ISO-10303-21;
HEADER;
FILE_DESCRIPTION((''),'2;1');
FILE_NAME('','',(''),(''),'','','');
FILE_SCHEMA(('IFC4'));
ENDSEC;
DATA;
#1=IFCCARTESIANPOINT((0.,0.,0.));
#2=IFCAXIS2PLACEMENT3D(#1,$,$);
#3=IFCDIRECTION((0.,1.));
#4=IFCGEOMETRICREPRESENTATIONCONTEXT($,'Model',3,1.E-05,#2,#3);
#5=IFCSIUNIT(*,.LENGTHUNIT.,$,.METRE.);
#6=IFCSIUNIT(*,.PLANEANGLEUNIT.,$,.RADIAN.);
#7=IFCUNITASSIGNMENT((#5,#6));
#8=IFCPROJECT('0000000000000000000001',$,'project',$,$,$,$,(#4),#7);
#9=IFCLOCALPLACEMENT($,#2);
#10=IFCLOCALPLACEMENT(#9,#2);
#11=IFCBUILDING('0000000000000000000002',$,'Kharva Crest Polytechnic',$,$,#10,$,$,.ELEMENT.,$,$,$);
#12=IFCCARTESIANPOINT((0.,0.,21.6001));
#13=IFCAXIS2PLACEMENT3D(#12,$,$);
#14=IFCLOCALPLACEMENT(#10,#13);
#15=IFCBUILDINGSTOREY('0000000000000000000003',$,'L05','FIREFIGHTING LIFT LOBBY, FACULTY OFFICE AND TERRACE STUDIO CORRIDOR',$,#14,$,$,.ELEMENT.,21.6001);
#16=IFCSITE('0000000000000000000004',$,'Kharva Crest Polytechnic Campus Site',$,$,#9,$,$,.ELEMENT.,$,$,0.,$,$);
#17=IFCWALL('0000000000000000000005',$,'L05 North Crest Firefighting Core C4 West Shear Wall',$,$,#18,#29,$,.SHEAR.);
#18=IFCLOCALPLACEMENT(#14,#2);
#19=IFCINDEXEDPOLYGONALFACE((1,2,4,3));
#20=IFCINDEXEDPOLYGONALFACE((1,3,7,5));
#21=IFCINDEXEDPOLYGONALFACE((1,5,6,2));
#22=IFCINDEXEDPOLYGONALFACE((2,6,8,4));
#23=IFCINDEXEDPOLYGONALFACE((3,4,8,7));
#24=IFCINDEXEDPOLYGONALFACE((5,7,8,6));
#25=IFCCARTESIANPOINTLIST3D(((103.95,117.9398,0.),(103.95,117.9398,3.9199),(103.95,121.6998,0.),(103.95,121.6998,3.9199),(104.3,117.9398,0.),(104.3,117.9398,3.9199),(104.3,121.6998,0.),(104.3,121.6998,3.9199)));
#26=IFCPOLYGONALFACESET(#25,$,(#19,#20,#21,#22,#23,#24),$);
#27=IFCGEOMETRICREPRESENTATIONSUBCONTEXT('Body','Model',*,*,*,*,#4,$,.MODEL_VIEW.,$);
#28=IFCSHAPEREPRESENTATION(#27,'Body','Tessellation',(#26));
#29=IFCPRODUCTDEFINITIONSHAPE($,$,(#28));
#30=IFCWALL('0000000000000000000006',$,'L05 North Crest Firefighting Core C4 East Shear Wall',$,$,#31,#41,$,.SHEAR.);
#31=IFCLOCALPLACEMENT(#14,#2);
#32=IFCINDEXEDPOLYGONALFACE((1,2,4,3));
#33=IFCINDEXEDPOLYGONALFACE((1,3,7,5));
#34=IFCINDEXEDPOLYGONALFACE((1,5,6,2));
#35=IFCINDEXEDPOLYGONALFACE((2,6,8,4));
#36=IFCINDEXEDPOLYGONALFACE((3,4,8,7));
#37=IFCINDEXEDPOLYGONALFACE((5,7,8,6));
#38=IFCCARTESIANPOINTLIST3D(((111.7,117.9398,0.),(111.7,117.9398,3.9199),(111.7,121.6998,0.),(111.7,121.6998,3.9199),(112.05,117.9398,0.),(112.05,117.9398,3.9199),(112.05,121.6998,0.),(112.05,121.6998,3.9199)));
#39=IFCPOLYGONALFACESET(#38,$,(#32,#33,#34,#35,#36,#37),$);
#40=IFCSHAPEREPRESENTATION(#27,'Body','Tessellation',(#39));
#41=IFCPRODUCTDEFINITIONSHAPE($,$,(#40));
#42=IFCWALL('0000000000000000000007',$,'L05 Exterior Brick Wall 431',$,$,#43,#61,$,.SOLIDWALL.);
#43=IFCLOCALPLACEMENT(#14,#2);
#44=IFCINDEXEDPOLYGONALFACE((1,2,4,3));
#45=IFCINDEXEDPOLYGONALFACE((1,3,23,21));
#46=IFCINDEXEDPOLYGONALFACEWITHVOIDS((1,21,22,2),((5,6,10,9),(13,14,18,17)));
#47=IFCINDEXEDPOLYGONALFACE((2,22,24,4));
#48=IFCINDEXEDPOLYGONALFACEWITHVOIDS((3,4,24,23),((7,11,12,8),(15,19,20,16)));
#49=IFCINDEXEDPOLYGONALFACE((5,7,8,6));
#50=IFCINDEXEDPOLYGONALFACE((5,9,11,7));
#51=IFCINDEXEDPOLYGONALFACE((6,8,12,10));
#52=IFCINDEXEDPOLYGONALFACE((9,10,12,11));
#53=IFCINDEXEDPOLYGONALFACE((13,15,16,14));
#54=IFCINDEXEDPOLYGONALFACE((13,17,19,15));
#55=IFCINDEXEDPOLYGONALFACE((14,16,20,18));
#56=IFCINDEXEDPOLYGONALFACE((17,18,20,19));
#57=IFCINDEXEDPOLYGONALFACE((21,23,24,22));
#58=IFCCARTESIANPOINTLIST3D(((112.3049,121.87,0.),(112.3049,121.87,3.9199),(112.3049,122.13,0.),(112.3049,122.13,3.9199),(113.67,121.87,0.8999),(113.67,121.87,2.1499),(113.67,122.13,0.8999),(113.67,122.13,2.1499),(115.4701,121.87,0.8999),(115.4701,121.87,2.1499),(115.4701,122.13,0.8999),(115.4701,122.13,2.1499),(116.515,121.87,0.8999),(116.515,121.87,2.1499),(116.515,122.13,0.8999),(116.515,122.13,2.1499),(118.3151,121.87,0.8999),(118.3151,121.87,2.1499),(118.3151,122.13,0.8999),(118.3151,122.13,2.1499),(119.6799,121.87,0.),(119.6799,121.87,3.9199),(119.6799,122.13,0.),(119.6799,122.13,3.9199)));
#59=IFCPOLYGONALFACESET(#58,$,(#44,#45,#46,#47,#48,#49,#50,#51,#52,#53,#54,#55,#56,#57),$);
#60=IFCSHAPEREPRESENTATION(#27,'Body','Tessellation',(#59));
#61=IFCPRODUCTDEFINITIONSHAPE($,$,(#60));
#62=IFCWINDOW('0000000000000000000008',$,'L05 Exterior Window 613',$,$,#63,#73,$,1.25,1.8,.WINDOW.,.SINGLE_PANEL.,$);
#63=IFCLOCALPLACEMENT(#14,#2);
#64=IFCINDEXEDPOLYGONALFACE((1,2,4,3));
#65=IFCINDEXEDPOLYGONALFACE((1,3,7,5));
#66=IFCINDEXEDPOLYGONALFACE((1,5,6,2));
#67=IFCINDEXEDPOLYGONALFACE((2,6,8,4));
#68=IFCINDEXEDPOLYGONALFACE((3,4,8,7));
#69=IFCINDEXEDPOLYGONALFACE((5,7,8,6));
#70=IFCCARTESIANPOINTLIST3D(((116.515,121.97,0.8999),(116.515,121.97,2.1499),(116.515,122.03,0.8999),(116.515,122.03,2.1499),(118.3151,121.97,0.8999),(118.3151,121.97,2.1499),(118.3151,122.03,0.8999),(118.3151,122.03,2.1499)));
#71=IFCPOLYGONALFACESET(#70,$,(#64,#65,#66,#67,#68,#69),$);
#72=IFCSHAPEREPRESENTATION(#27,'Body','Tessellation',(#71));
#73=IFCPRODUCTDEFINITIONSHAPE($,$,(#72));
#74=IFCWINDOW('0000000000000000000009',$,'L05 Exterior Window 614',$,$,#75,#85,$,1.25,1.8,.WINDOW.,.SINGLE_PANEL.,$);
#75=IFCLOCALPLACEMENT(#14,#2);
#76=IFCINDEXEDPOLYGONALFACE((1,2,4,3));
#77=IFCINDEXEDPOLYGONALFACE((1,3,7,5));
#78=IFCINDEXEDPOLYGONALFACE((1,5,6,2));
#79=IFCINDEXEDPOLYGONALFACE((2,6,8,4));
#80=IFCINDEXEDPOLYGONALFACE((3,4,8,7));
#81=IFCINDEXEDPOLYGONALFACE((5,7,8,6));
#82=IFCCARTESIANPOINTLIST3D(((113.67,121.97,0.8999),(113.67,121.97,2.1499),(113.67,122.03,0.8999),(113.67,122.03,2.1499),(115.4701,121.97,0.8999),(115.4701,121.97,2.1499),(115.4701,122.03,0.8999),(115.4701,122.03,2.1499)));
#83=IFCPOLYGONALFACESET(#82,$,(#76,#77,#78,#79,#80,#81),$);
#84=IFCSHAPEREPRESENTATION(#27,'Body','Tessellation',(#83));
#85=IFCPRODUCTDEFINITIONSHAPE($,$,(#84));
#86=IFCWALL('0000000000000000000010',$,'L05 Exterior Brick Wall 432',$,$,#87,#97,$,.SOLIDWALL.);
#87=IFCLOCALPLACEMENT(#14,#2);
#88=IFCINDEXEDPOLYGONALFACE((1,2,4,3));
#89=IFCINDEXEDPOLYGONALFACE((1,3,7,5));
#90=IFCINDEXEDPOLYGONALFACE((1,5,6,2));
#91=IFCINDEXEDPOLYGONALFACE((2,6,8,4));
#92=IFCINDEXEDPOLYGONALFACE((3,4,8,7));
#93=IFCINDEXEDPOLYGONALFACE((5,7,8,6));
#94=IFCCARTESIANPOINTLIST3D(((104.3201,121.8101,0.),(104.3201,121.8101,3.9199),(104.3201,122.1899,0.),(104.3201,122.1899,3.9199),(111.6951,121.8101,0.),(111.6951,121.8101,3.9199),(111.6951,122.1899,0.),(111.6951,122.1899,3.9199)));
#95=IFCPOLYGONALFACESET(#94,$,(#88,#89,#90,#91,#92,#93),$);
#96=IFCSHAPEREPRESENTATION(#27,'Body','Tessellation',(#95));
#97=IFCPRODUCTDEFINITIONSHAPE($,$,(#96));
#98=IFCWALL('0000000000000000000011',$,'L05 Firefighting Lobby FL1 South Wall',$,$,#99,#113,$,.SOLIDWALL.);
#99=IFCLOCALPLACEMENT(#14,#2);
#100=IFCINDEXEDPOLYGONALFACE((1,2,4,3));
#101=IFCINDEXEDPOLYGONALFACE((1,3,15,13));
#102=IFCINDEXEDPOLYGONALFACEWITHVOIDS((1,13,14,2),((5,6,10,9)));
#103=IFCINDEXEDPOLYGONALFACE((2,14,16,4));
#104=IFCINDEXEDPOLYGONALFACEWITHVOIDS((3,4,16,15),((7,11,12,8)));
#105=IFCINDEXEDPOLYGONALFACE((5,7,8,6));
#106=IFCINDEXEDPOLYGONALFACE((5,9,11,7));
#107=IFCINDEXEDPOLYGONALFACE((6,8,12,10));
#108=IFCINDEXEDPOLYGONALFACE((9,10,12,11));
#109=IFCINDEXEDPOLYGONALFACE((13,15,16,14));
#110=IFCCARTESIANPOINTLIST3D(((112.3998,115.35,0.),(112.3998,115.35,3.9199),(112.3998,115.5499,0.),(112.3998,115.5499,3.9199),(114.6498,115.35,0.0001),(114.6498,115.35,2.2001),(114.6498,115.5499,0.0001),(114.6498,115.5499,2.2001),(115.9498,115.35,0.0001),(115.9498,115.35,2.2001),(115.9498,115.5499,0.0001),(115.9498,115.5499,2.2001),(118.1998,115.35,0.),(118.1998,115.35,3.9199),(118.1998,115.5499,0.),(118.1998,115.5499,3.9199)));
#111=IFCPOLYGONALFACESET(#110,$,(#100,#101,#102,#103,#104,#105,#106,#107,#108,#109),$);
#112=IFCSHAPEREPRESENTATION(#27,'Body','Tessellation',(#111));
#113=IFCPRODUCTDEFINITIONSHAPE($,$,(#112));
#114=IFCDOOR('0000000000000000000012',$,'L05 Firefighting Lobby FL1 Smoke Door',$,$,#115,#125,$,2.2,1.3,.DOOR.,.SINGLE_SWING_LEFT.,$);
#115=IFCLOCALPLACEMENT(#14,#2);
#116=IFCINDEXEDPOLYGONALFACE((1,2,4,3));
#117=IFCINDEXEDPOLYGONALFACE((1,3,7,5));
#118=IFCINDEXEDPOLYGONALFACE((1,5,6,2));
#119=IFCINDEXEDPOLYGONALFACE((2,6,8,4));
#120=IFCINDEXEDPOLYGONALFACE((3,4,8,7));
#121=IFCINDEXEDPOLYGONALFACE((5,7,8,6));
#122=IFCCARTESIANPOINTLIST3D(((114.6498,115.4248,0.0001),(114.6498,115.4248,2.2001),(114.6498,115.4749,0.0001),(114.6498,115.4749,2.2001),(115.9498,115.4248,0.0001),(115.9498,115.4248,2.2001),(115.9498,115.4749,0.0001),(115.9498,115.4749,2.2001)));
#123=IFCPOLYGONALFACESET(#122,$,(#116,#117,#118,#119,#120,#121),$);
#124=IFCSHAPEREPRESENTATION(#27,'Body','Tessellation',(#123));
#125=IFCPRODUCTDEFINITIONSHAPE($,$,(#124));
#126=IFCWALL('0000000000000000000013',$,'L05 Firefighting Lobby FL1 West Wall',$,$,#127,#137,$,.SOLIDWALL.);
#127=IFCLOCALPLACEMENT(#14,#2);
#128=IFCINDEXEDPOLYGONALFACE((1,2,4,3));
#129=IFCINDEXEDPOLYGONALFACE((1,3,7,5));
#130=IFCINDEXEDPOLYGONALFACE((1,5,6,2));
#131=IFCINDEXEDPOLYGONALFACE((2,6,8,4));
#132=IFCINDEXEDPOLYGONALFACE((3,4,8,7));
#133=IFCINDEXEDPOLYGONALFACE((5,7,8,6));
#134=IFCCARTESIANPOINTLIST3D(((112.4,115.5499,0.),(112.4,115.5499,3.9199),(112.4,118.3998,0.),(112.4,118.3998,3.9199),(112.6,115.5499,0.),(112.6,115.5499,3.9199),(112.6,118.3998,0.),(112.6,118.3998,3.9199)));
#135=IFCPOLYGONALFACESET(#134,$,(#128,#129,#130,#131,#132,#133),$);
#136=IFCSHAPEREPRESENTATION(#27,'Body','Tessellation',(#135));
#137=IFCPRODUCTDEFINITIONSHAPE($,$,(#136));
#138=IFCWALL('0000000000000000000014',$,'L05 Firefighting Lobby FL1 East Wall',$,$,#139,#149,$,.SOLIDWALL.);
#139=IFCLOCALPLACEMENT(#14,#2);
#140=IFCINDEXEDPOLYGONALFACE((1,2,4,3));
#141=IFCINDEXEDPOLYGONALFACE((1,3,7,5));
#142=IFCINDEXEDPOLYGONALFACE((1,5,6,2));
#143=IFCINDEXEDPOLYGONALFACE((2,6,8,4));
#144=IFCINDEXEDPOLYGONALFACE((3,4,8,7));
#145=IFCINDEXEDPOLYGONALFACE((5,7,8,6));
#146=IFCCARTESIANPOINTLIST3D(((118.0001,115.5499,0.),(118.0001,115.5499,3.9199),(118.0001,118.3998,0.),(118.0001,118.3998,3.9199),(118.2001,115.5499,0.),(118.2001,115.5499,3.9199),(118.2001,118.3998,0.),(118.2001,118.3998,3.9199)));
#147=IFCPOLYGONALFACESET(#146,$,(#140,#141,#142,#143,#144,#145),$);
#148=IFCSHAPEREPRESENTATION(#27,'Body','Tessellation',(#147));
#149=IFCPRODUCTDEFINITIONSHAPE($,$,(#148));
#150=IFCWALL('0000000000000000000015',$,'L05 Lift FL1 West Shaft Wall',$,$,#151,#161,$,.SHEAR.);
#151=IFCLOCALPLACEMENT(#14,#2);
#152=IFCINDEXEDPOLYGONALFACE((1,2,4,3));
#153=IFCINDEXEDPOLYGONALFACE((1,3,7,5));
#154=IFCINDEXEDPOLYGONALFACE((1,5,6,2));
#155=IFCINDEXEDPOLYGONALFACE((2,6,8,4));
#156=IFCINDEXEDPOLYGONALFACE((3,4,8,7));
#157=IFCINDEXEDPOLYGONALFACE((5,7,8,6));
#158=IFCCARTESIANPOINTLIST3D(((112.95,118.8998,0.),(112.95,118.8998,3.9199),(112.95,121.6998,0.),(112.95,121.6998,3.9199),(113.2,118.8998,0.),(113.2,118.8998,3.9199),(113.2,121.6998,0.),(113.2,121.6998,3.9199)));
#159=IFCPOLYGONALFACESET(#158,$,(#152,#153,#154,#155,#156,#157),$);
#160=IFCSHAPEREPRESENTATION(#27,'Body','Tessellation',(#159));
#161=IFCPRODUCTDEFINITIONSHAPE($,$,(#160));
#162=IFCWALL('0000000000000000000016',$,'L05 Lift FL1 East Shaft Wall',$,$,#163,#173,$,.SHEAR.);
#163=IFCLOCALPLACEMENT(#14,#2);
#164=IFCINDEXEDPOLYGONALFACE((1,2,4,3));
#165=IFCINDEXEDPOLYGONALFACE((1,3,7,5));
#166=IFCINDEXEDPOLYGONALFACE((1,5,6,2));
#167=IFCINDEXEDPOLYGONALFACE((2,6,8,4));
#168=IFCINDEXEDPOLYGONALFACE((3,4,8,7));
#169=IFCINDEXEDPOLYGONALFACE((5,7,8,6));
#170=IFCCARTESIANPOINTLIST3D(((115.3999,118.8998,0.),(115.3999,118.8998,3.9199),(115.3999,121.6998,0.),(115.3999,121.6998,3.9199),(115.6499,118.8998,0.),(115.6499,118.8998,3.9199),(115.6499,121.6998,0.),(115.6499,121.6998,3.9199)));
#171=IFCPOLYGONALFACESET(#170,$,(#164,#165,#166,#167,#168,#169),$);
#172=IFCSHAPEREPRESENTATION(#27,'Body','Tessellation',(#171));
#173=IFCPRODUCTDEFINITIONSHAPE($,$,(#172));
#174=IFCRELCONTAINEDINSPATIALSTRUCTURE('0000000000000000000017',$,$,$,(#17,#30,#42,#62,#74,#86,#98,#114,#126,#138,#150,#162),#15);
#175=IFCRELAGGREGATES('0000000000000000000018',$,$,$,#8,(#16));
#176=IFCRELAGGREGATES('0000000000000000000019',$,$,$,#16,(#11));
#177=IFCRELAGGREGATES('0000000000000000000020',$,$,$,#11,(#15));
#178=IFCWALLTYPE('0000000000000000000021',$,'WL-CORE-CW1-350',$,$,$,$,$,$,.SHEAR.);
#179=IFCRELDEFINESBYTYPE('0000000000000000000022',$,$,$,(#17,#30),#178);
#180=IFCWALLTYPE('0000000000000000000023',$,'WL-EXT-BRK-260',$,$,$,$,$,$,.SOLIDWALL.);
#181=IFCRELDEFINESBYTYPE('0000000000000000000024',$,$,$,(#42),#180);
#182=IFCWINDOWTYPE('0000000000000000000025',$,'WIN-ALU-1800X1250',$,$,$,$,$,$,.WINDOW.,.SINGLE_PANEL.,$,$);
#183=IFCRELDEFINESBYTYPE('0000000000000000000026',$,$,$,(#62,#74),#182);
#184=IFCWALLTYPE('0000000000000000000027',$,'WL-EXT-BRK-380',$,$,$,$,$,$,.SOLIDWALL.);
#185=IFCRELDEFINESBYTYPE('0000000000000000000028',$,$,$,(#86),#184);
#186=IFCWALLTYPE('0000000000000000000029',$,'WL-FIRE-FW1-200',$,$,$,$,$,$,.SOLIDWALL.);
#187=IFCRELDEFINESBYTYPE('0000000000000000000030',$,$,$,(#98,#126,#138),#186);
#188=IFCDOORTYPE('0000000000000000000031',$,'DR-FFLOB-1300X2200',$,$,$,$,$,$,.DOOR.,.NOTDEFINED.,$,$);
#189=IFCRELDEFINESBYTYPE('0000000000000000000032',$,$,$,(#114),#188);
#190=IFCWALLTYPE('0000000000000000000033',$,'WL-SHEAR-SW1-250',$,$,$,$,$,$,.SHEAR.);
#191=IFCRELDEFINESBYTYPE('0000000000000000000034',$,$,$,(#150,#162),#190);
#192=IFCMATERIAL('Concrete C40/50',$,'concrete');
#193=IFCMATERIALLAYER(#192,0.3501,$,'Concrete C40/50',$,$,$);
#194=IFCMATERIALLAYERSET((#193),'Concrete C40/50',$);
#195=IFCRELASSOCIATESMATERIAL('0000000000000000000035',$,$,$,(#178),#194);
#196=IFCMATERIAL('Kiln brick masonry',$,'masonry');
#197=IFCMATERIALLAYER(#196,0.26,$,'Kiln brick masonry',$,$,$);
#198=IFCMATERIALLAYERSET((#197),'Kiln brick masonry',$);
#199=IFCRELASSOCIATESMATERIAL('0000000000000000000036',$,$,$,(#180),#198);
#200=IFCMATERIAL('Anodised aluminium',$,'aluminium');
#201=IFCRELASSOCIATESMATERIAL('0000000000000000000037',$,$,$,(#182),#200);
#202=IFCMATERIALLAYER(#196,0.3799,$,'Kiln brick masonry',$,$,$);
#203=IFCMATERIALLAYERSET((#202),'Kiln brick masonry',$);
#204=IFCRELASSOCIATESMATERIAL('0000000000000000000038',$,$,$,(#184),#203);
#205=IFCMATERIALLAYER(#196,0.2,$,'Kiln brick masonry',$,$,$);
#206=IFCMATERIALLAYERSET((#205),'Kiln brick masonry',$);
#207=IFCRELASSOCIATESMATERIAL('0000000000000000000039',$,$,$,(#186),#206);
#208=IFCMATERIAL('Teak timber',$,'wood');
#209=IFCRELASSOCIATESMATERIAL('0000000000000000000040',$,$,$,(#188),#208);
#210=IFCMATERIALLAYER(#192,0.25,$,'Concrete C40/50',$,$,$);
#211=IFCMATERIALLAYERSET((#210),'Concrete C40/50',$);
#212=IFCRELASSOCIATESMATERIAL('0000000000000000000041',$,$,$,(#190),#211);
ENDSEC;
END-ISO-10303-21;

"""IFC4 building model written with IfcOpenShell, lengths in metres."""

from ifc_helpers import new_model, si_unit, direction, frame, frame_2d, origin, place, context, subcontext, project, spatial, rectangle, extrude, material, layer, layer_set, type_object, element, fill, save


model = new_model("IFC4")

# Units and contexts
model_context = context("Model", 3, precision=1e-05, world=origin(), true_north=direction((0.0, 1.0)))
body_context = subcontext(model_context, "Body", "Model", "MODEL_VIEW")
ifc_project = project(units=[si_unit("LENGTHUNIT", "METRE"), si_unit("PLANEANGLEUNIT", "RADIAN")], contexts=[model_context])

# Site, building, storey
site_placement = place(None, origin())
site = spatial("IfcSite", under=ifc_project, at=site_placement, Name="Kharva Crest Polytechnic Campus Site", CompositionType="ELEMENT", RefElevation=0.0)
building_placement = place(site_placement, origin())
building = spatial("IfcBuilding", under=site, at=building_placement, Name="Kharva Crest Polytechnic", CompositionType="ELEMENT")
storey_placement = place(building_placement, frame((0.0, 0.0, 21.6001)))
storey = spatial("IfcBuildingStorey", under=building, at=storey_placement, Name="L05", Description="FIREFIGHTING LIFT LOBBY, FACULTY OFFICE AND TERRACE STUDIO CORRIDOR", CompositionType="ELEMENT", Elevation=21.6001)

# Shared definitions
ifc_material_1 = material(Name="Concrete C40/50", Category="concrete")

# Walls
ifc_layer_1 = layer(ifc_material_1, 0.3501, Name="Concrete C40/50")
ifc_layer_set_1 = layer_set([ifc_layer_1], Name="Concrete C40/50")
wall_type_1 = type_object("IfcWallType", Name="WL-CORE-CW1-350", PredefinedType="SHEAR", material=ifc_layer_set_1)
for number, where, z_axis, x_axis, name in (
    (1, (104.125, 117.9399, 0.0), (0.0, 0.0, 1.0), (0.0, 1.0, 0.0), "L05 North Crest Firefighting Core C4 West Shear Wall"),
    (2, (111.875, 117.9399, 0.0), (0.0, 0.0, 1.0), (0.0, 1.0, 0.0), "L05 North Crest Firefighting Core C4 East Shear Wall"),
):
    element("IfcWall", number, at=place(storey_placement, frame(where, z_axis=z_axis, x_axis=x_axis)), inside=storey, type_object=wall_type_1, Name=name, PredefinedType="SHEAR", context=body_context, shape_type="SweptSolid", body=[
        extrude(rectangle(XDim=3.76, YDim=0.3501, at=frame_2d((1.8799, 0.0))), origin(), (0.0, 0.0, 1.0), 3.9199),
    ])

# Wall, openings, windows
ifc_material_2 = material(Name="Kiln brick masonry", Category="masonry")
ifc_layer_2 = layer(ifc_material_2, 0.26, Name="Kiln brick masonry")
ifc_layer_set_2 = layer_set([ifc_layer_2], Name="Kiln brick masonry")
wall_type_2 = type_object("IfcWallType", Name="WL-EXT-BRK-260", PredefinedType="SOLIDWALL", material=ifc_layer_set_2)
wall_1_placement = place(storey_placement, frame((119.6799, 122.0, 0.0), z_axis=(0.0, 0.0, 1.0), x_axis=(-1.0, 0.0, 0.0)))
wall_1 = element("IfcWall", 3, at=wall_1_placement, inside=storey, type_object=wall_type_2, Name="L05 Exterior Brick Wall 431", PredefinedType="SOLIDWALL", context=body_context, shape_type="SweptSolid", body=[
    extrude(rectangle(XDim=7.375, YDim=0.26, at=frame_2d((3.6875, 0.0))), origin(), (0.0, 0.0, 1.0), 3.9199),
])
opening_1_placement = place(wall_1_placement, frame((1.365, 0.0, 0.8999)))
opening_1 = element("IfcOpeningElement", 4, at=opening_1_placement, cuts=wall_1, PredefinedType="OPENING", context=body_context, shape_type="SweptSolid", body=[
    extrude(rectangle(XDim=1.8, YDim=1.25, at=frame_2d((0.8999, 0.625))), frame((0.0, 0.1399, 0.0), z_axis=(0.0, -1.0, 0.0), x_axis=(1.0, 0.0, 0.0)), (0.0, 0.0, 1.0), 0.28),
])
opening_2_placement = place(wall_1_placement, frame((4.21, 0.0, 0.8999)))
opening_2 = element("IfcOpeningElement", 5, at=opening_2_placement, cuts=wall_1, PredefinedType="OPENING", context=body_context, shape_type="SweptSolid", body=[
    extrude(rectangle(XDim=1.8, YDim=1.25, at=frame_2d((0.8999, 0.625))), frame((0.0, 0.1399, 0.0), z_axis=(0.0, -1.0, 0.0), x_axis=(1.0, 0.0, 0.0)), (0.0, 0.0, 1.0), 0.28),
])
ifc_material_3 = material(Name="Anodised aluminium", Category="aluminium")
window_type = type_object("IfcWindowType", Name="WIN-ALU-1800X1250", PartitioningType="SINGLE_PANEL", PredefinedType="WINDOW", material=ifc_material_3)
window_1_placement = place(opening_1_placement, origin())
window_1 = element("IfcWindow", 6, at=window_1_placement, inside=storey, type_object=window_type, Name="L05 Exterior Window 613", OverallHeight=1.25, OverallWidth=1.8, PartitioningType="SINGLE_PANEL", PredefinedType="WINDOW", context=body_context, shape_type="SweptSolid", body=[
    extrude(rectangle(XDim=1.8, YDim=1.25, at=frame_2d((0.8999, 0.625))), frame((0.0, 0.03, 0.0), z_axis=(0.0, -1.0, 0.0), x_axis=(1.0, 0.0, 0.0)), (0.0, 0.0, 1.0), 0.0601),
])
fill(opening_1, window_1)
window_2_placement = place(opening_2_placement, origin())
window_2 = element("IfcWindow", 7, at=window_2_placement, inside=storey, type_object=window_type, Name="L05 Exterior Window 614", OverallHeight=1.25, OverallWidth=1.8, PartitioningType="SINGLE_PANEL", PredefinedType="WINDOW", context=body_context, shape_type="SweptSolid", body=[
    extrude(rectangle(XDim=1.8, YDim=1.25, at=frame_2d((0.8999, 0.625))), frame((0.0, 0.03, 0.0), z_axis=(0.0, -1.0, 0.0), x_axis=(1.0, 0.0, 0.0)), (0.0, 0.0, 1.0), 0.0601),
])
fill(opening_2, window_2)

# Wall
ifc_layer_3 = layer(ifc_material_2, 0.3799, Name="Kiln brick masonry")
ifc_layer_set_3 = layer_set([ifc_layer_3], Name="Kiln brick masonry")
wall_type_3 = type_object("IfcWallType", Name="WL-EXT-BRK-380", PredefinedType="SOLIDWALL", material=ifc_layer_set_3)
wall_2_placement = place(storey_placement, frame((111.6951, 122.0, 0.0), z_axis=(0.0, 0.0, 1.0), x_axis=(-1.0, 0.0, 0.0)))
element("IfcWall", 8, at=wall_2_placement, inside=storey, type_object=wall_type_3, Name="L05 Exterior Brick Wall 432", PredefinedType="SOLIDWALL", context=body_context, shape_type="SweptSolid", body=[
    extrude(rectangle(XDim=7.375, YDim=0.3799, at=frame_2d((3.6875, 0.0))), origin(), (0.0, 0.0, 1.0), 3.9199),
])

# Wall, opening, door
ifc_layer_4 = layer(ifc_material_2, 0.2, Name="Kiln brick masonry")
ifc_layer_set_4 = layer_set([ifc_layer_4], Name="Kiln brick masonry")
wall_type_4 = type_object("IfcWallType", Name="WL-FIRE-FW1-200", PredefinedType="SOLIDWALL", material=ifc_layer_set_4)
wall_3_placement = place(storey_placement, frame((112.3999, 115.45, 0.0), z_axis=(0.0, 0.0, 1.0), x_axis=(1.0, 0.0, 0.0)))
wall_3 = element("IfcWall", 9, at=wall_3_placement, inside=storey, type_object=wall_type_4, Name="L05 Firefighting Lobby FL1 South Wall", PredefinedType="SOLIDWALL", context=body_context, shape_type="SweptSolid", body=[
    extrude(rectangle(XDim=5.8, YDim=0.2, at=frame_2d((2.8999, 0.0))), origin(), (0.0, 0.0, 1.0), 3.9199),
])
opening_3_placement = place(wall_3_placement, frame((2.25, 0.0, 0.0)))
opening_3 = element("IfcOpeningElement", 10, at=opening_3_placement, cuts=wall_3, PredefinedType="OPENING", context=body_context, shape_type="SweptSolid", body=[
    extrude(rectangle(XDim=1.3, YDim=2.2, at=frame_2d((0.6499, 1.1001))), frame((0.0, 0.1099, 0.0), z_axis=(0.0, -1.0, 0.0), x_axis=(1.0, 0.0, 0.0)), (0.0, 0.0, 1.0), 0.22),
])
ifc_material_4 = material(Name="Teak timber", Category="wood")
door_type_1 = type_object("IfcDoorType", Name="DR-FFLOB-1300X2200", OperationType="NOTDEFINED", PredefinedType="DOOR", material=ifc_material_4)
door_1_placement = place(opening_3_placement, origin())
door_1 = element("IfcDoor", 11, at=door_1_placement, inside=storey, type_object=door_type_1, Name="L05 Firefighting Lobby FL1 Smoke Door", OperationType="SINGLE_SWING_LEFT", OverallHeight=2.2, OverallWidth=1.3, PredefinedType="DOOR", context=body_context, shape_type="SweptSolid", body=[
    extrude(rectangle(XDim=1.3, YDim=2.2, at=frame_2d((0.6499, 1.1001))), frame((0.0, 0.0249, 0.0), z_axis=(0.0, -1.0, 0.0), x_axis=(1.0, 0.0, 0.0)), (0.0, 0.0, 1.0), 0.05),
])
fill(opening_3, door_1)

# Walls
for number, where, z_axis, x_axis, name in (
    (12, (112.5, 115.55, 0.0), (0.0, 0.0, 1.0), (0.0, 1.0, 0.0), "L05 Firefighting Lobby FL1 West Wall"),
    (13, (118.1001, 115.55, 0.0), (0.0, 0.0, 1.0), (0.0, 1.0, 0.0), "L05 Firefighting Lobby FL1 East Wall"),
):
    element("IfcWall", number, at=place(storey_placement, frame(where, z_axis=z_axis, x_axis=x_axis)), inside=storey, type_object=wall_type_4, Name=name, PredefinedType="SOLIDWALL", context=body_context, shape_type="SweptSolid", body=[
        extrude(rectangle(XDim=2.8499, YDim=0.2, at=frame_2d((1.4248, 0.0))), origin(), (0.0, 0.0, 1.0), 3.9199),
    ])

# Shared definitions
ifc_layer_5 = layer(ifc_material_1, 0.25, Name="Concrete C40/50")
ifc_layer_set_5 = layer_set([ifc_layer_5], Name="Concrete C40/50")
wall_type_5 = type_object("IfcWallType", Name="WL-SHEAR-SW1-250", PredefinedType="SHEAR", material=ifc_layer_set_5)

# Walls
for number, where, z_axis, x_axis, name in (
    (14, (113.075, 118.8999, 0.0), (0.0, 0.0, 1.0), (0.0, 1.0, 0.0), "L05 Lift FL1 West Shaft Wall"),
    (15, (115.5249, 118.8999, 0.0), (0.0, 0.0, 1.0), (0.0, 1.0, 0.0), "L05 Lift FL1 East Shaft Wall"),
):
    element("IfcWall", number, at=place(storey_placement, frame(where, z_axis=z_axis, x_axis=x_axis)), inside=storey, type_object=wall_type_5, Name=name, PredefinedType="SHEAR", context=body_context, shape_type="SweptSolid", body=[
        extrude(rectangle(XDim=2.8, YDim=0.25, at=frame_2d((1.3999, 0.0))), origin(), (0.0, 0.0, 1.0), 3.9199),
    ])

save(model, "model.ifc")
